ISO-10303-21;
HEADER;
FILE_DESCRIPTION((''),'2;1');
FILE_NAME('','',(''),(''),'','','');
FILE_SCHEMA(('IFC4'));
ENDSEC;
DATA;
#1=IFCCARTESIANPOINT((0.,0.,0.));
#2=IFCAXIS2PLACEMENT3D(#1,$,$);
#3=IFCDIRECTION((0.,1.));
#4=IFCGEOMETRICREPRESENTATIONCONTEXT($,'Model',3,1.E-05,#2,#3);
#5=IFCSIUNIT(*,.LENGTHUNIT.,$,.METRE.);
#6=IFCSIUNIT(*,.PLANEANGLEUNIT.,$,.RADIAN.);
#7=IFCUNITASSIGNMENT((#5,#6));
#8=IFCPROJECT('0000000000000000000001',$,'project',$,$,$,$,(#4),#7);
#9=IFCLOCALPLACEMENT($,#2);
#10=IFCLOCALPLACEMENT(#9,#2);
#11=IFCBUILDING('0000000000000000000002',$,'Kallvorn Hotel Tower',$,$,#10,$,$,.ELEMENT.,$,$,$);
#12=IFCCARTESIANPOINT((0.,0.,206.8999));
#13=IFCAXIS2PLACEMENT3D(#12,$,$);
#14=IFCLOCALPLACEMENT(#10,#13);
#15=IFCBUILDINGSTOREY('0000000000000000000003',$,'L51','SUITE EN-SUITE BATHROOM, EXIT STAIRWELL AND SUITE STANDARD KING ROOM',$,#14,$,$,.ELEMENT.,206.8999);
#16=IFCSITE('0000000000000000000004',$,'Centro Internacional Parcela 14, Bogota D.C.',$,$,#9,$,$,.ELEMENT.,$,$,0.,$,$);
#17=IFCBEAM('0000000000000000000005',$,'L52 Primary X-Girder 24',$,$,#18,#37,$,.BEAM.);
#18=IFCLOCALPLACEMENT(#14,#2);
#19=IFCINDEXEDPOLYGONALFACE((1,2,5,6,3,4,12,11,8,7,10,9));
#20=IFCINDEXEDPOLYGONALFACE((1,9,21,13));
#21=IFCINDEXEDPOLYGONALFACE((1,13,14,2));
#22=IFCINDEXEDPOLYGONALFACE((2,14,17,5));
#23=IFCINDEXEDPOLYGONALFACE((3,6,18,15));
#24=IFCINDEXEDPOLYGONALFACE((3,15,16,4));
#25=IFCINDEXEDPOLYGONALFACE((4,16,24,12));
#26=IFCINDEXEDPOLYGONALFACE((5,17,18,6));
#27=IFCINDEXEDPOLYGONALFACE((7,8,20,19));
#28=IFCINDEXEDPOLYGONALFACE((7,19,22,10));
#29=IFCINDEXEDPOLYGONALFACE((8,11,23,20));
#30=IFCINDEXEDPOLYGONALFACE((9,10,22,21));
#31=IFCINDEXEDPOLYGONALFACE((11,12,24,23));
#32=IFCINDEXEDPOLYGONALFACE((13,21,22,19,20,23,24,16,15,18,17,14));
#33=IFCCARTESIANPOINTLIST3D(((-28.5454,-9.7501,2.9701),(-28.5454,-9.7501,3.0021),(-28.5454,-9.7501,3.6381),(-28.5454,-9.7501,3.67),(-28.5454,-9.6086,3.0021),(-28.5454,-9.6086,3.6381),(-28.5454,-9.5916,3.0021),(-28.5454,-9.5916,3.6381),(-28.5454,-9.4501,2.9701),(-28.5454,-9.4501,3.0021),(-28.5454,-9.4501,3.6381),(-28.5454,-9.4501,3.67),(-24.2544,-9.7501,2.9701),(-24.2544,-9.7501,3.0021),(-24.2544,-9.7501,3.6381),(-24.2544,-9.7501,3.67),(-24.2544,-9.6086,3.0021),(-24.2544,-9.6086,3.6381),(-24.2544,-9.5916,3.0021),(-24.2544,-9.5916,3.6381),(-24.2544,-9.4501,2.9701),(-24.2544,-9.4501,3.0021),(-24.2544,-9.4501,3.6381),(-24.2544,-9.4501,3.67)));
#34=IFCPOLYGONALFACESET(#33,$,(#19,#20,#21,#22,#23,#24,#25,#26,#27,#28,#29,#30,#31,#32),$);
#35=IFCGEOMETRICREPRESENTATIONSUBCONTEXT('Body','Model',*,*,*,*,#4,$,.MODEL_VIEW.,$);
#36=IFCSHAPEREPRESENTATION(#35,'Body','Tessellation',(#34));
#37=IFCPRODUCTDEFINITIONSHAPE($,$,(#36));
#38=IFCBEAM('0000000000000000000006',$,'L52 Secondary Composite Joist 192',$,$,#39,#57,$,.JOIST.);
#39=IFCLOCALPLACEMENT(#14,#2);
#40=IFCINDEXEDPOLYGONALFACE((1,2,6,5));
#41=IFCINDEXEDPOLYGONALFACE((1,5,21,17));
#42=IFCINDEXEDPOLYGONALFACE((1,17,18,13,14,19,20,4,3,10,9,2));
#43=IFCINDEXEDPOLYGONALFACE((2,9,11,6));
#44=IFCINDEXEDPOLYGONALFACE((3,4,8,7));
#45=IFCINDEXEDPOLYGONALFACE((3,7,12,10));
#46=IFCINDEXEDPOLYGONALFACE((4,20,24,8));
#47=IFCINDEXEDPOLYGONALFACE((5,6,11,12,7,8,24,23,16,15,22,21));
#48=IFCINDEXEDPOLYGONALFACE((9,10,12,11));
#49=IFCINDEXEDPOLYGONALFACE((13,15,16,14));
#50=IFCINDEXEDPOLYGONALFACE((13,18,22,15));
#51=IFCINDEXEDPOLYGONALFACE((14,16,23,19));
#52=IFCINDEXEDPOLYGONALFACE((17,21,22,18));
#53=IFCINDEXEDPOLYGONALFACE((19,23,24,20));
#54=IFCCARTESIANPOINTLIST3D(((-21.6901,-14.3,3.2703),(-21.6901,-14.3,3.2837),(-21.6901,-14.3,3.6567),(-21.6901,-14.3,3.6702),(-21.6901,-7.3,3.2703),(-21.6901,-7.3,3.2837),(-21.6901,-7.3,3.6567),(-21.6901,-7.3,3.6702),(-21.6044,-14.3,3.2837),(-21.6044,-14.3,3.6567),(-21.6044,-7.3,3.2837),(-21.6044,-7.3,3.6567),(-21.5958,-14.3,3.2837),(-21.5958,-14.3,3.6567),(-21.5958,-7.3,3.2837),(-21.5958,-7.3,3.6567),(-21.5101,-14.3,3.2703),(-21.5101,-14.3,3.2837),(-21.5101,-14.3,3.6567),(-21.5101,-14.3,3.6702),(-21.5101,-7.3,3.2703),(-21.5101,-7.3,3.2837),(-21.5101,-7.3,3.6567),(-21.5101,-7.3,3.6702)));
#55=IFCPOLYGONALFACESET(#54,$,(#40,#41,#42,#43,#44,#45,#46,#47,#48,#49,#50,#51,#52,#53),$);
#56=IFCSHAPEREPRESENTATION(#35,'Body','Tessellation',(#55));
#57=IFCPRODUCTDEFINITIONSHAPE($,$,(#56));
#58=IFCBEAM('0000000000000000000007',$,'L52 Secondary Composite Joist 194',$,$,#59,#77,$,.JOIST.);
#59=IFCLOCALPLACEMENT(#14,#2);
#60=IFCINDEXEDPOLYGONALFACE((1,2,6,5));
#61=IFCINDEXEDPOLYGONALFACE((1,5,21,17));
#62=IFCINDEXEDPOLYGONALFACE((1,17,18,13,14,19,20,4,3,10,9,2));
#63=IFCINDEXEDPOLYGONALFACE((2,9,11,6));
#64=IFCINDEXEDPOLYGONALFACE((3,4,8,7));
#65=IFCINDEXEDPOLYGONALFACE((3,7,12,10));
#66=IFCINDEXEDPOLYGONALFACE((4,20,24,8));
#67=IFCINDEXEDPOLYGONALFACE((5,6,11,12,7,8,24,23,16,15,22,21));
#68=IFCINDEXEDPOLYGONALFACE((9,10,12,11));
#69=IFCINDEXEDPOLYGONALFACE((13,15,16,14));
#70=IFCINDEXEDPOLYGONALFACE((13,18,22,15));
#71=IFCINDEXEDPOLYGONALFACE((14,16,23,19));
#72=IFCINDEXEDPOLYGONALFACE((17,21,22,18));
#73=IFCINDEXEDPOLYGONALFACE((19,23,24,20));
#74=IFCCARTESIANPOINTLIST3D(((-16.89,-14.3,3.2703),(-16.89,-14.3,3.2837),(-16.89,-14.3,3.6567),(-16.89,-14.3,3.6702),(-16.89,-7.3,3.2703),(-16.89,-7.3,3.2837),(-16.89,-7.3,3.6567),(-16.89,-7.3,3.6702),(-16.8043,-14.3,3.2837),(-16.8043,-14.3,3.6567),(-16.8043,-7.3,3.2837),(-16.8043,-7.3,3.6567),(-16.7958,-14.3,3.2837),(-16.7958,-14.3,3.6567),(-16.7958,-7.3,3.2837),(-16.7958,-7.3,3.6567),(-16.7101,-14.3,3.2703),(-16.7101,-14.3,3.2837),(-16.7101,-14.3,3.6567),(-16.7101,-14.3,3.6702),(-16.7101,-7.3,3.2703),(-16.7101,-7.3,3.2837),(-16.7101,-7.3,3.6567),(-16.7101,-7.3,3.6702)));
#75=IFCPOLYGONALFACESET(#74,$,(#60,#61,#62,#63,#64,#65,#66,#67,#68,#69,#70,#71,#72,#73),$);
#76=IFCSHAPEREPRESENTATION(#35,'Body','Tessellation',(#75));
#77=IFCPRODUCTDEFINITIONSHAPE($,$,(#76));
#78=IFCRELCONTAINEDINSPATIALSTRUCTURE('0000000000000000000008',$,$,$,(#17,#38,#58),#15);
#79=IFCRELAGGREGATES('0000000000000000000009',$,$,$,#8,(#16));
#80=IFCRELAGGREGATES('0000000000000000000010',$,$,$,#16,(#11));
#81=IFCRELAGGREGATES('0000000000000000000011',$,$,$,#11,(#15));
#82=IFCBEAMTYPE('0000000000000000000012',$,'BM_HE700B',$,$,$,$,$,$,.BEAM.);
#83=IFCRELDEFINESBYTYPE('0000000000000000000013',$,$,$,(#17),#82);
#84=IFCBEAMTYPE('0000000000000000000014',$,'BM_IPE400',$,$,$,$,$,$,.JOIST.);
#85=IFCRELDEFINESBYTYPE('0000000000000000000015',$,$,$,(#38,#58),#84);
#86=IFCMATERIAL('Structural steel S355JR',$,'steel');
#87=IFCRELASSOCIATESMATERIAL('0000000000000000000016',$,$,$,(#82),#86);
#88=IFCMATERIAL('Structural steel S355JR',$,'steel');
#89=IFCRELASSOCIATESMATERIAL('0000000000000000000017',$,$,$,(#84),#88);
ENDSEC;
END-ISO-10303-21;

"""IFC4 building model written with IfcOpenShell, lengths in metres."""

from ifc_helpers import new_model, si_unit, direction, frame, origin, origin_2d, place, context, subcontext, project, spatial, i_section, extrude, material, material_profile, profile_set, type_object, element, save


model = new_model("IFC4")

# Units and contexts
model_context = context("Model", 3, precision=1e-05, world=origin(), true_north=direction((0.0, 1.0)))
body_context = subcontext(model_context, "Body", "Model", "MODEL_VIEW")
ifc_project = project(units=[si_unit("LENGTHUNIT", "METRE"), si_unit("PLANEANGLEUNIT", "RADIAN")], contexts=[model_context])

# Site, building, storey
site_placement = place(None, origin())
site = spatial("IfcSite", under=ifc_project, at=site_placement, Name="Centro Internacional Parcela 14, Bogota D.C.", CompositionType="ELEMENT", RefElevation=0.0)
building_placement = place(site_placement, origin())
building = spatial("IfcBuilding", under=site, at=building_placement, Name="Kallvorn Hotel Tower", CompositionType="ELEMENT")
storey_placement = place(building_placement, frame((0.0, 0.0, 206.8999)))
storey = spatial("IfcBuildingStorey", under=building, at=storey_placement, Name="L51", Description="SUITE EN-SUITE BATHROOM, EXIT STAIRWELL AND SUITE STANDARD KING ROOM", CompositionType="ELEMENT", Elevation=206.8999)

# Beams
ifc_material_1 = material(Name="Structural steel S355JR", Category="steel")
ifc_material_profile_1 = material_profile(ifc_material_1, i_section(OverallWidth=0.3, OverallDepth=0.7, WebThickness=0.0171, FlangeThickness=0.032, at=origin_2d()), Name="HE 700 B")
ifc_profile_set_1 = profile_set([ifc_material_profile_1], Name="Structural steel S355JR")
beam_type_1 = type_object("IfcBeamType", Name="BM_HE700B", PredefinedType="BEAM", material=ifc_profile_set_1)
beam_1_placement = place(storey_placement, frame((-28.5454, -9.6001, 3.3201), z_axis=(1.0, 0.0, 0.0), x_axis=(0.0, 1.0, 0.0)))
element("IfcBeam", 1, at=beam_1_placement, inside=storey, type_object=beam_type_1, Name="L52 Primary X-Girder 24", PredefinedType="BEAM", context=body_context, shape_type="SweptSolid", body=[
    extrude(i_section(OverallWidth=0.3, OverallDepth=0.7, WebThickness=0.0171, FlangeThickness=0.032, at=origin_2d()), origin(), (0.0, 0.0, 1.0), 4.291),
])
ifc_material_2 = material(Name="Structural steel S355JR", Category="steel")
ifc_material_profile_2 = material_profile(ifc_material_2, i_section(OverallWidth=0.1799, OverallDepth=0.3999, WebThickness=0.0085, FlangeThickness=0.0134, at=origin_2d()), Name="IPE 400")
ifc_profile_set_2 = profile_set([ifc_material_profile_2], Name="Structural steel S355JR")
beam_type_2 = type_object("IfcBeamType", Name="BM_IPE400", PredefinedType="JOIST", material=ifc_profile_set_2)
for number, where, z_axis, x_axis, name in (
    (2, (-21.6001, -14.3, 3.4702), (0.0, 1.0, 0.0), (-1.0, 0.0, 0.0), "L52 Secondary Composite Joist 192"),
    (3, (-16.8, -14.3, 3.4702), (0.0, 1.0, 0.0), (-1.0, 0.0, 0.0), "L52 Secondary Composite Joist 194"),
):
    element("IfcBeam", number, at=place(storey_placement, frame(where, z_axis=z_axis, x_axis=x_axis)), inside=storey, type_object=beam_type_2, Name=name, PredefinedType="JOIST", context=body_context, shape_type="SweptSolid", body=[
        extrude(i_section(OverallWidth=0.1799, OverallDepth=0.3999, WebThickness=0.0085, FlangeThickness=0.0134, at=origin_2d()), origin(), (0.0, 0.0, 1.0), 7.0),
    ])

save(model, "model.ifc")
